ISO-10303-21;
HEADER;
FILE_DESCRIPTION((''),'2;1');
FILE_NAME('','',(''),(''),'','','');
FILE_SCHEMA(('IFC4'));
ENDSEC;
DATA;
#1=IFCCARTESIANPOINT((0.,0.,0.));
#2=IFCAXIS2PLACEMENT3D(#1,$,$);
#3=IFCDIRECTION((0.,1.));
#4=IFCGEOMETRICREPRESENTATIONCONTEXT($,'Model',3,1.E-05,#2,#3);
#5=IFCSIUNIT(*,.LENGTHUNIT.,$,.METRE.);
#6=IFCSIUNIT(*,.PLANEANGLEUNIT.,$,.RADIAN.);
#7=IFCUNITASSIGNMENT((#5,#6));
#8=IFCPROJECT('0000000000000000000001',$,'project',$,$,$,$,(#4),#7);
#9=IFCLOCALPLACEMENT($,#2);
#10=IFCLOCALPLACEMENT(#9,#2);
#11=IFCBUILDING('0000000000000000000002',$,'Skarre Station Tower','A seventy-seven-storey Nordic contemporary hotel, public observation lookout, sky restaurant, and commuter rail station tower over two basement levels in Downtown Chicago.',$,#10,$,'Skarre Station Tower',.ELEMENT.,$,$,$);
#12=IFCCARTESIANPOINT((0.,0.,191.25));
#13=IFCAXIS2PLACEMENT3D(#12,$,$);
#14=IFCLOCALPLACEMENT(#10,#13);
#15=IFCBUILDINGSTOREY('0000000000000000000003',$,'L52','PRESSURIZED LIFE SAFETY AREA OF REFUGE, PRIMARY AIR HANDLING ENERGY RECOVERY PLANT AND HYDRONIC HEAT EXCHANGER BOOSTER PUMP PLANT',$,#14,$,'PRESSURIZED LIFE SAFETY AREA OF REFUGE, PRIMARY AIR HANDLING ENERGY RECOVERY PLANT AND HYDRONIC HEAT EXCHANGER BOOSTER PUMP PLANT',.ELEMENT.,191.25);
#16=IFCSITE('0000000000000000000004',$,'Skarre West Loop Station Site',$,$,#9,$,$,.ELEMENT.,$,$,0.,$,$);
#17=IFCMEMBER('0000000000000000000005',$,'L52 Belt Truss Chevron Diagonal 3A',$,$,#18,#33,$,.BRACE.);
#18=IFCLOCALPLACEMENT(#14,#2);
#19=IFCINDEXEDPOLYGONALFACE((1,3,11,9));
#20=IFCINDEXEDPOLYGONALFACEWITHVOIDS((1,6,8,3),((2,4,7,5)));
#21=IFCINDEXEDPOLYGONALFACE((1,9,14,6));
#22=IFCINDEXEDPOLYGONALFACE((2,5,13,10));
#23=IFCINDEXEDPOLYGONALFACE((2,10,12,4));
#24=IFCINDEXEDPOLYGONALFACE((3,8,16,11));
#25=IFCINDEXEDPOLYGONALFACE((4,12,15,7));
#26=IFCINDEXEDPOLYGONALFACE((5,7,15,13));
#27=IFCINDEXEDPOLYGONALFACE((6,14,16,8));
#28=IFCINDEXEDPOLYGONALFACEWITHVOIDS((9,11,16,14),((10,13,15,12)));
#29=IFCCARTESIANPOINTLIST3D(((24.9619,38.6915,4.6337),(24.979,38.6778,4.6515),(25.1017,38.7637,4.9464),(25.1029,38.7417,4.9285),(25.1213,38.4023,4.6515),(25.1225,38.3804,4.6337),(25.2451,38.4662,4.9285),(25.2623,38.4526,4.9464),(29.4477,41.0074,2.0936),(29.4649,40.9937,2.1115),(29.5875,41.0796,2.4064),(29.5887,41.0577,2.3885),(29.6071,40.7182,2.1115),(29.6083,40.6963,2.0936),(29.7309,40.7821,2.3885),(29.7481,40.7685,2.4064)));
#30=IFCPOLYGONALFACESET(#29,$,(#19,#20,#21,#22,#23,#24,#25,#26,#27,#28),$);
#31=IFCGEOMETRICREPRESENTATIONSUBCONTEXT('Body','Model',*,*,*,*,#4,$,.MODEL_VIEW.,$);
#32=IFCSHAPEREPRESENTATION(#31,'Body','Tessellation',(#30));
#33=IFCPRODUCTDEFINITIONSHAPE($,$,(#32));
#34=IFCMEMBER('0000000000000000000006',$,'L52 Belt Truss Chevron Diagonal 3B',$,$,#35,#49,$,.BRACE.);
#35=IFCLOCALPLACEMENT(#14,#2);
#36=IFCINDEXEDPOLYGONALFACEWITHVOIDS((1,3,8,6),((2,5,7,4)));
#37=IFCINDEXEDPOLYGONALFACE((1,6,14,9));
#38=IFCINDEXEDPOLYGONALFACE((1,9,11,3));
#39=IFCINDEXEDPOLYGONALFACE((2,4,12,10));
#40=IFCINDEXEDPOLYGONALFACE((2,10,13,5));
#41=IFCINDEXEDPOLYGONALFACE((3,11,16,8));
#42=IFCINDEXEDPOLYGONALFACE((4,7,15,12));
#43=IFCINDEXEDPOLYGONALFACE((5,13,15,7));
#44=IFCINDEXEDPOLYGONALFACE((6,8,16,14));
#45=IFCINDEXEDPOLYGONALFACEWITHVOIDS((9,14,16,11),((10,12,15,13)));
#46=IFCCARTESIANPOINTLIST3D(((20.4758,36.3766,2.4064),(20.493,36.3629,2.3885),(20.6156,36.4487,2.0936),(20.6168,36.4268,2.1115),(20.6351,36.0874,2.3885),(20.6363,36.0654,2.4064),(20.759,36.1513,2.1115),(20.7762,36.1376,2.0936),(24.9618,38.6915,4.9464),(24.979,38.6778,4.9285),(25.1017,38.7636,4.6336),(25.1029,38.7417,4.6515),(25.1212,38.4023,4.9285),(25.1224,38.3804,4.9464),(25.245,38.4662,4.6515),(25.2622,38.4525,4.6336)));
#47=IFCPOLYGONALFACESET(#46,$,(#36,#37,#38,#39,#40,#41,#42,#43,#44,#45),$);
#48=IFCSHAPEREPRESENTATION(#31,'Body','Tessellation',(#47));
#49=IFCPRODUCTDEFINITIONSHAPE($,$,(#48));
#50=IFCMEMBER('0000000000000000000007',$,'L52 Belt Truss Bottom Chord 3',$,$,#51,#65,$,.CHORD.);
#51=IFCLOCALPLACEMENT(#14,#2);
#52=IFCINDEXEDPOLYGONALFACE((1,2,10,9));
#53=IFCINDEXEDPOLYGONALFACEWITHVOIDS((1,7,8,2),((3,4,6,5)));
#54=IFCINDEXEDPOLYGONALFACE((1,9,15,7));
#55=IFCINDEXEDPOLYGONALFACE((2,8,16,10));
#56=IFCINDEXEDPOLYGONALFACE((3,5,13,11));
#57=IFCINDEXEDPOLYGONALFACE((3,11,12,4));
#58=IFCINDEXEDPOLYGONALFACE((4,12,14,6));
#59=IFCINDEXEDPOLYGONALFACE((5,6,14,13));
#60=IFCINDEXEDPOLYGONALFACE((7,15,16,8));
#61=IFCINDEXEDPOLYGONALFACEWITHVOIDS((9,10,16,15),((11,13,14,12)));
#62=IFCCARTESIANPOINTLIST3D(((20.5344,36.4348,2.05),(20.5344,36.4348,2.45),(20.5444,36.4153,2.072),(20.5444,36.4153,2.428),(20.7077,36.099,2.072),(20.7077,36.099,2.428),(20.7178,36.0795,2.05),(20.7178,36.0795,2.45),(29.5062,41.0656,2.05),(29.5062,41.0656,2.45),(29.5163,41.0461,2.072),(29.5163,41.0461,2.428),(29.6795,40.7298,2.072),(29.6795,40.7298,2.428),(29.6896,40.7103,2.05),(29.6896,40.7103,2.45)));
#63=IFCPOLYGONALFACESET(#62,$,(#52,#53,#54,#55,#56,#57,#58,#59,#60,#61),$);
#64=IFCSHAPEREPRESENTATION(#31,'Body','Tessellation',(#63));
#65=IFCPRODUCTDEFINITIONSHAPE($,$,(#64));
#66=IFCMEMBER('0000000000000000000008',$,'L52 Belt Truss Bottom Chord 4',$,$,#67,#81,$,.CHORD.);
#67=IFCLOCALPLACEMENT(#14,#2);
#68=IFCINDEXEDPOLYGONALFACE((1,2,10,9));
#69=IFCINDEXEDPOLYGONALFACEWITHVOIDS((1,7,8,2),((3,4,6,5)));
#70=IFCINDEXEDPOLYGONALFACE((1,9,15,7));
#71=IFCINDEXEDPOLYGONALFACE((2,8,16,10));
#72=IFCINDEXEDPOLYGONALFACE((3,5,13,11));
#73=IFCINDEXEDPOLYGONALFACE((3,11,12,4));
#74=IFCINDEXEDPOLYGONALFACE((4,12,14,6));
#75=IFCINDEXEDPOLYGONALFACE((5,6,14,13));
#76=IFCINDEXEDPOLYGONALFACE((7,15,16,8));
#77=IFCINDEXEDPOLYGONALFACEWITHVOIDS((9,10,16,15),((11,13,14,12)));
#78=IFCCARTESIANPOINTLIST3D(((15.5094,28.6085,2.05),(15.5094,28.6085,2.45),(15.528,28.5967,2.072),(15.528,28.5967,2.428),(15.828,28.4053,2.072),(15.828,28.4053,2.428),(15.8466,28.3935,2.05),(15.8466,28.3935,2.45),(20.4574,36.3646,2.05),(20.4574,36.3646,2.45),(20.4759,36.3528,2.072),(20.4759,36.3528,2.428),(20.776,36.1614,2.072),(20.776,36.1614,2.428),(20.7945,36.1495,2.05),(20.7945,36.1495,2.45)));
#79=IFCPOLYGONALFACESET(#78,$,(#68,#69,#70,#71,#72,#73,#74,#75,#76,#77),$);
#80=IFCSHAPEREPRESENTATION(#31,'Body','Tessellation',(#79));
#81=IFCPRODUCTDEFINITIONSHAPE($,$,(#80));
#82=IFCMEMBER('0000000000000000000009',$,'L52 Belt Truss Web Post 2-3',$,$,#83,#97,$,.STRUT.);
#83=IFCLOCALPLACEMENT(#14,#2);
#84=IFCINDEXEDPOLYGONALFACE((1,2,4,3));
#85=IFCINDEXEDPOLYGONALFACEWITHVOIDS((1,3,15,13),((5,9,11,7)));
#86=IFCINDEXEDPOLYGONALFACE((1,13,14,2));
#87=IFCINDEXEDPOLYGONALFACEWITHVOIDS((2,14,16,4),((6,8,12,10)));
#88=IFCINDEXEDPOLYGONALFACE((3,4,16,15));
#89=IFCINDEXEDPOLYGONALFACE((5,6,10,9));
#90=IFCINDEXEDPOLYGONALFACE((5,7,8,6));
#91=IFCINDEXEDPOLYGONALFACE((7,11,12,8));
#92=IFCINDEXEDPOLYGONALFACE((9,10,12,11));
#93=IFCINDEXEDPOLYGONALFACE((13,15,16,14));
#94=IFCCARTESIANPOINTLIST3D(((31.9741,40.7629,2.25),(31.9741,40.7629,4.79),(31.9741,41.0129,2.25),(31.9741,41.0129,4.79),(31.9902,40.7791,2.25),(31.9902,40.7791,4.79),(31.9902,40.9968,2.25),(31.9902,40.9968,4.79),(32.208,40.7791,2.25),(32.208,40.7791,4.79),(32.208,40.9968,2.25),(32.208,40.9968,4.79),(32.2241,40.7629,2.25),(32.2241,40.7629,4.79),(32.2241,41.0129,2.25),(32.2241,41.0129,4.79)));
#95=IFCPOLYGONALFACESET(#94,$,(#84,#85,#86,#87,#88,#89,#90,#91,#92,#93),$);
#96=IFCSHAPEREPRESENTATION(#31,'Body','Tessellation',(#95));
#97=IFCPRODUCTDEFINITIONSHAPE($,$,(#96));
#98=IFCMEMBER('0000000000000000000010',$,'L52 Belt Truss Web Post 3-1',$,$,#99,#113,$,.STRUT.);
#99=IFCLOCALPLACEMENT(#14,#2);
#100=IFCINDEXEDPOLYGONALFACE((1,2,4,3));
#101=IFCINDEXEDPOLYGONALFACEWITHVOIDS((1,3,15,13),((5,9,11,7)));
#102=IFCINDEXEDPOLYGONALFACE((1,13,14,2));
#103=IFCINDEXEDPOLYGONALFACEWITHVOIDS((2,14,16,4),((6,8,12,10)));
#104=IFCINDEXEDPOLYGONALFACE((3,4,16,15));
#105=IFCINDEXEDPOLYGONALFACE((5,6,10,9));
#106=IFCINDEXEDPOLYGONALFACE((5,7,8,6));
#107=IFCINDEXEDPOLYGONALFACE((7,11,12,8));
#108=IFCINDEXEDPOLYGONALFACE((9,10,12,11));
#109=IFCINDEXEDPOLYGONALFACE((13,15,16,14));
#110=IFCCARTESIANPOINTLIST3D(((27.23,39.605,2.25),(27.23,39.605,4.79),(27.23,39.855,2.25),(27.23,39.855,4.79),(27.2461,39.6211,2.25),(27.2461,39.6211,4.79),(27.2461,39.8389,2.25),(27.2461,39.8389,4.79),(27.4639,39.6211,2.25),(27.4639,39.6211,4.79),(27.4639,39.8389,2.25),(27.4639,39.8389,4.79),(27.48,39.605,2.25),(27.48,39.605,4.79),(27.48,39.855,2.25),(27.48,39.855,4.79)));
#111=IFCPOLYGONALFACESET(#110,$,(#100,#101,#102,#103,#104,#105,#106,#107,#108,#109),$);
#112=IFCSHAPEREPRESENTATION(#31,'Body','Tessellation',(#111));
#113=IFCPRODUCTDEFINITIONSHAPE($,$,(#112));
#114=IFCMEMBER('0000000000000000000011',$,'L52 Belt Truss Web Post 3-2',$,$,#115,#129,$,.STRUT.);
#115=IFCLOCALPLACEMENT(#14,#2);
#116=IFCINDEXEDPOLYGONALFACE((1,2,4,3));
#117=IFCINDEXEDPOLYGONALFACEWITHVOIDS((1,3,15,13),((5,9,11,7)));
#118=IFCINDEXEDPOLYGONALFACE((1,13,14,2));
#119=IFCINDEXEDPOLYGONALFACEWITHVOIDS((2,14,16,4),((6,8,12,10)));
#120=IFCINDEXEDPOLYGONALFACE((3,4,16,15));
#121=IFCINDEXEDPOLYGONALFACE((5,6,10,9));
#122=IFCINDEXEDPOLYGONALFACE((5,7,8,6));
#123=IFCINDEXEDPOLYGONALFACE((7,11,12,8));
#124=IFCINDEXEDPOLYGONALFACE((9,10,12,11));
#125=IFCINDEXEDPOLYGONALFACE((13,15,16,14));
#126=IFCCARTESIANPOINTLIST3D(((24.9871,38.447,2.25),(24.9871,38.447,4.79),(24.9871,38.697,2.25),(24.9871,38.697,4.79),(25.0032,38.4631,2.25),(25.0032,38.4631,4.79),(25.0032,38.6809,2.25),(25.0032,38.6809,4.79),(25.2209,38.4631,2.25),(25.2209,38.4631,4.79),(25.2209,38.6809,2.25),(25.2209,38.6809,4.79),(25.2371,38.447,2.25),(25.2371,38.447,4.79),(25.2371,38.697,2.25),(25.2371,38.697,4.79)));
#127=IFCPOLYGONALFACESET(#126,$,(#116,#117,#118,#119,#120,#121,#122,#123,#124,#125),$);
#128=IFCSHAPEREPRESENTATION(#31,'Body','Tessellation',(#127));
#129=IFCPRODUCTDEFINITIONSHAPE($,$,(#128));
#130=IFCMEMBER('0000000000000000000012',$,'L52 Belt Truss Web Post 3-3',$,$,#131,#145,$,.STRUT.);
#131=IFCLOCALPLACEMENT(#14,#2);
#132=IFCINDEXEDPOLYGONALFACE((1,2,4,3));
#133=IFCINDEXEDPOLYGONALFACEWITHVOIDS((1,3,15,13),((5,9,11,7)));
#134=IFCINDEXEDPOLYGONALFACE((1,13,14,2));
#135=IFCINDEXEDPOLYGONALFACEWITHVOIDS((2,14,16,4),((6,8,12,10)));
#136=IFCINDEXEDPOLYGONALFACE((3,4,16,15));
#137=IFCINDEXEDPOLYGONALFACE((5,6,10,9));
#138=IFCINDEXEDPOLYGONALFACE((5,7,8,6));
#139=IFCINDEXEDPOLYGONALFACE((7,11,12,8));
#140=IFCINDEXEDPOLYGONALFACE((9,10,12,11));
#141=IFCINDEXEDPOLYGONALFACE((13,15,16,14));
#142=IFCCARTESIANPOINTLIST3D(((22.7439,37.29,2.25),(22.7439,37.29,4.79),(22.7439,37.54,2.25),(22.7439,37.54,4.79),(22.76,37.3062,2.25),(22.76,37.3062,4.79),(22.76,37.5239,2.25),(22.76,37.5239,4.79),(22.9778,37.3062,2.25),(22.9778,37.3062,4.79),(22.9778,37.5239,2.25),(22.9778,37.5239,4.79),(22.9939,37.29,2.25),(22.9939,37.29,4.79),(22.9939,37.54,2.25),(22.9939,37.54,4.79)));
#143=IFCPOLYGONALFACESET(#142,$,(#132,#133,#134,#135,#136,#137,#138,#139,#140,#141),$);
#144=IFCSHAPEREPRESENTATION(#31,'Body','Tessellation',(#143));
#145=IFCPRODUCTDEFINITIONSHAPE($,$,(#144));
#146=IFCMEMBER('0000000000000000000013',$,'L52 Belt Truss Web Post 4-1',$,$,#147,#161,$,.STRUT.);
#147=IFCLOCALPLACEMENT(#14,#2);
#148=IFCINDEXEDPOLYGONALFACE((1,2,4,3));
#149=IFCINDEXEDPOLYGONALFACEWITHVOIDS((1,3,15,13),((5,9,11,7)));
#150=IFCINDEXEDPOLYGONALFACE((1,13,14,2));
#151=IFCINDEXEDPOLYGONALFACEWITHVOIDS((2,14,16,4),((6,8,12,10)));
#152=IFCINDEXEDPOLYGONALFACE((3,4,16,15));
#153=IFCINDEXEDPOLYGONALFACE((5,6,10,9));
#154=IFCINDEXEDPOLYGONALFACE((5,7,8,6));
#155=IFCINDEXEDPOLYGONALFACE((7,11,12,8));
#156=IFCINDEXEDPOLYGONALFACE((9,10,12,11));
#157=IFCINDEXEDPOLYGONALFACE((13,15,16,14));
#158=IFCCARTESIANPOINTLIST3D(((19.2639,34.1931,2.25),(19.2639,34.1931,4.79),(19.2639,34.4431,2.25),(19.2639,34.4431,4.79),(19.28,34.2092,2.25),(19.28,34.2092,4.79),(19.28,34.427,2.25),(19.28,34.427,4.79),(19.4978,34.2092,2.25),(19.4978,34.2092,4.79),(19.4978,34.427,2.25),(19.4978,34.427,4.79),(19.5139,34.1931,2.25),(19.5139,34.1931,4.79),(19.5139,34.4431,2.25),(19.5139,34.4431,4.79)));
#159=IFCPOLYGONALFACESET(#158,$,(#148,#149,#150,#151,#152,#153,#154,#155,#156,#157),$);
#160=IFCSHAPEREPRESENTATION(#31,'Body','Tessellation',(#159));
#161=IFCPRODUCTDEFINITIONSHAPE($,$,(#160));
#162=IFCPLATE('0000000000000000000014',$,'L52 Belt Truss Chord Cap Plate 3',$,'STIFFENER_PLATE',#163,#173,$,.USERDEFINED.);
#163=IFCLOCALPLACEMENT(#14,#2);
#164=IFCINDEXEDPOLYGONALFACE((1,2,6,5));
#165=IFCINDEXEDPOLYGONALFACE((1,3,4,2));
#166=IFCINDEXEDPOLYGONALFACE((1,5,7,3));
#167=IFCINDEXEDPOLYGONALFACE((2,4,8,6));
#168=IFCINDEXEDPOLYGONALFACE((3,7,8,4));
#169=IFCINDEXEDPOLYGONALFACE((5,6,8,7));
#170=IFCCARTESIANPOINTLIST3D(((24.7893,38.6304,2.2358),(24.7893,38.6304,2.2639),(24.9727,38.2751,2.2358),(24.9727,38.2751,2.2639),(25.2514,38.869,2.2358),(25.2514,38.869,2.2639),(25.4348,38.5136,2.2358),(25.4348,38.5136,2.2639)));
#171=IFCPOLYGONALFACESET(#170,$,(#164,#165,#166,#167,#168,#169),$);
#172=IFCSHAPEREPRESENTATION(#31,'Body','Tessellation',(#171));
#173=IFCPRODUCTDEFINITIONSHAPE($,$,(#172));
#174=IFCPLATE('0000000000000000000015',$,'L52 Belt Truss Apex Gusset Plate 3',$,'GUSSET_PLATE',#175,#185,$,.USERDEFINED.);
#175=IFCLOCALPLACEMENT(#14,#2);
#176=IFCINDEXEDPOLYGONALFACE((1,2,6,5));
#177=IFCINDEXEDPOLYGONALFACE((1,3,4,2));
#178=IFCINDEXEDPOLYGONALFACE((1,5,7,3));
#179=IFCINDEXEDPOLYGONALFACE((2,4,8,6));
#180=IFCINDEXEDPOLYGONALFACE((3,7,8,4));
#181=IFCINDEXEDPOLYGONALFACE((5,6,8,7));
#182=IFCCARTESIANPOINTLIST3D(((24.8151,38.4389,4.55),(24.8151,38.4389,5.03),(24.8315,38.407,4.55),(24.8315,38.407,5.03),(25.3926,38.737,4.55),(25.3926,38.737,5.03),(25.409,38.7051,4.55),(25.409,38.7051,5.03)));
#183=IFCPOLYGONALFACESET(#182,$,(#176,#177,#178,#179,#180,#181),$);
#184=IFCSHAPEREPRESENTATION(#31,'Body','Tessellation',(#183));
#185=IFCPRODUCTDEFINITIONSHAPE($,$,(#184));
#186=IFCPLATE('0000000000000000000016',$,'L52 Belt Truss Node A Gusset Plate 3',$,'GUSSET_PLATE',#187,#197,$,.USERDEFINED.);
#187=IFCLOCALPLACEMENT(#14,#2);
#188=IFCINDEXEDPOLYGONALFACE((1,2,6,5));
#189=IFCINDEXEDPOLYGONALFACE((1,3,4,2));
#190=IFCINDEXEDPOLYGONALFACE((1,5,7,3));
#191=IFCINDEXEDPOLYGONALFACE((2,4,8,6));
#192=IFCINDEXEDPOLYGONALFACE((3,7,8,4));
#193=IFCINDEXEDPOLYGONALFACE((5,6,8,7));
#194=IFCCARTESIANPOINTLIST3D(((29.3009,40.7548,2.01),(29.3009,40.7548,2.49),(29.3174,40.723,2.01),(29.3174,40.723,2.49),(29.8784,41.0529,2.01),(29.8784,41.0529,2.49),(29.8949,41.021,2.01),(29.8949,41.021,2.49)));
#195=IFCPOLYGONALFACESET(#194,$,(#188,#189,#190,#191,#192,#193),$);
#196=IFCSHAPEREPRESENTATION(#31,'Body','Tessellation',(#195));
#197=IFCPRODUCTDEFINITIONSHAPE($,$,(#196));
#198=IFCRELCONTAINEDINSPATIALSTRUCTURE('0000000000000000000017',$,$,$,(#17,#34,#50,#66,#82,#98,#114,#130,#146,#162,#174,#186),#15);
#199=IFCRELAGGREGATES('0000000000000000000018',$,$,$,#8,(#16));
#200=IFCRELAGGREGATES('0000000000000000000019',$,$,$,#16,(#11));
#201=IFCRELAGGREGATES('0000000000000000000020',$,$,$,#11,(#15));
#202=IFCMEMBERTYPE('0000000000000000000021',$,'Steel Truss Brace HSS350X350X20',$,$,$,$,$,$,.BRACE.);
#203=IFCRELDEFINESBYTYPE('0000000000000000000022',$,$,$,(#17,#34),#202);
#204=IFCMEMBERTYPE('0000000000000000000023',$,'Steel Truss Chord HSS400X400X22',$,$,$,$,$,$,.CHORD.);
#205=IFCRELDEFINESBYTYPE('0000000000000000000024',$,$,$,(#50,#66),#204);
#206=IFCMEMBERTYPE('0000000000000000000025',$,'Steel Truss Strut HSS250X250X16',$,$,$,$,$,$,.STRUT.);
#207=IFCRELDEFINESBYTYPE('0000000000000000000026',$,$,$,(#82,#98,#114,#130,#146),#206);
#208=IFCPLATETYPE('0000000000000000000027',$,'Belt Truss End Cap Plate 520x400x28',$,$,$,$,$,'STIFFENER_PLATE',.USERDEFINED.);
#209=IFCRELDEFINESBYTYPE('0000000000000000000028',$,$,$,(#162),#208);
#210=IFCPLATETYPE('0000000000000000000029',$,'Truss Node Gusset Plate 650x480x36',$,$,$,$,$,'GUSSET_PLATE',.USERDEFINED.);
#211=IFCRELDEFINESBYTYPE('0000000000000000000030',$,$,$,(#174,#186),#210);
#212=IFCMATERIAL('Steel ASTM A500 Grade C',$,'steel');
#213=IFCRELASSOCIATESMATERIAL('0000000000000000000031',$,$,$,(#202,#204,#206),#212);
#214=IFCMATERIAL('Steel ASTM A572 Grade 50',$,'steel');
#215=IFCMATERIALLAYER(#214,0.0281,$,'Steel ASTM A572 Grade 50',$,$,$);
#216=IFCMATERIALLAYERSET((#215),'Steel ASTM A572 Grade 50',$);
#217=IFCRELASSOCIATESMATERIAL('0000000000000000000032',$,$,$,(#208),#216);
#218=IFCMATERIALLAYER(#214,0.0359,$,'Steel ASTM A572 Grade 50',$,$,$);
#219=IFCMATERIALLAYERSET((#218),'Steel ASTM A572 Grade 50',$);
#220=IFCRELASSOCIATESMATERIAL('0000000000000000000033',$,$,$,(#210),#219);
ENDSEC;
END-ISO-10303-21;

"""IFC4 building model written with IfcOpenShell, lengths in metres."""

from ifc_helpers import new_model, si_unit, direction, frame, origin, origin_2d, place, context, subcontext, project, spatial, rectangle, hollow_rectangle, extrude, material, layer, layer_set, material_profile, profile_set, type_object, element, save


model = new_model("IFC4")

# Units and contexts
model_context = context("Model", 3, precision=1e-05, world=origin(), true_north=direction((0.0, 1.0)))
body_context = subcontext(model_context, "Body", "Model", "MODEL_VIEW")
ifc_project = project(units=[si_unit("LENGTHUNIT", "METRE"), si_unit("PLANEANGLEUNIT", "RADIAN")], contexts=[model_context])

# Site, building, storey
site_placement = place(None, origin())
site = spatial("IfcSite", under=ifc_project, at=site_placement, Name="Skarre West Loop Station Site", CompositionType="ELEMENT", RefElevation=0.0)
building_placement = place(site_placement, origin())
building = spatial("IfcBuilding", under=site, at=building_placement, Name="Skarre Station Tower", Description="A seventy-seven-storey Nordic contemporary hotel, public observation lookout, sky restaurant, and commuter rail station tower over two basement levels in Downtown Chicago.", LongName="Skarre Station Tower", CompositionType="ELEMENT")
storey_placement = place(building_placement, frame((0.0, 0.0, 191.25)))
storey = spatial("IfcBuildingStorey", under=building, at=storey_placement, Name="L52", Description="PRESSURIZED LIFE SAFETY AREA OF REFUGE, PRIMARY AIR HANDLING ENERGY RECOVERY PLANT AND HYDRONIC HEAT EXCHANGER BOOSTER PUMP PLANT", LongName="PRESSURIZED LIFE SAFETY AREA OF REFUGE, PRIMARY AIR HANDLING ENERGY RECOVERY PLANT AND HYDRONIC HEAT EXCHANGER BOOSTER PUMP PLANT", CompositionType="ELEMENT", Elevation=191.25)

# Members
ifc_material_1 = material(Name="Steel ASTM A500 Grade C", Category="steel")
ifc_material_profile_1 = material_profile(ifc_material_1, hollow_rectangle(XDim=0.3501, YDim=0.3501, WallThickness=0.02, at=origin_2d()), Name="Steel ASTM A500 Grade C")
ifc_profile_set_1 = profile_set([ifc_material_profile_1], Name="Steel ASTM A500 Grade C")
member_type_1 = type_object("IfcMemberType", Name="Steel Truss Brace HSS350X350X20", PredefinedType="BRACE", material=ifc_profile_set_1)
member_1_placement = place(storey_placement, frame((29.5979, 40.8879, 2.25), z_axis=(-0.793761, -0.409797, 0.449455), x_axis=(0.458744, -0.888569, 0.0)))
element("IfcMember", 1, at=member_1_placement, inside=storey, type_object=member_type_1, Name="L52 Belt Truss Chevron Diagonal 3A", PredefinedType="BRACE", context=body_context, shape_type="SweptSolid", body=[
    extrude(hollow_rectangle(XDim=0.3501, YDim=0.3501, WallThickness=0.02, at=origin_2d()), origin(), (0.0, 0.0, 1.0), 5.6514),
])
member_2_placement = place(storey_placement, frame((20.626, 36.2571, 2.25), z_axis=(0.793833, 0.409639, 0.449472), x_axis=(-0.458571, 0.888658, 0.0)))
element("IfcMember", 2, at=member_2_placement, inside=storey, type_object=member_type_1, Name="L52 Belt Truss Chevron Diagonal 3B", PredefinedType="BRACE", context=body_context, shape_type="SweptSolid", body=[
    extrude(hollow_rectangle(XDim=0.3501, YDim=0.3501, WallThickness=0.02, at=origin_2d()), origin(), (0.0, 0.0, 1.0), 5.6511),
])
ifc_material_profile_2 = material_profile(ifc_material_1, hollow_rectangle(XDim=0.3999, YDim=0.3999, WallThickness=0.022, at=origin_2d()), Name="Steel ASTM A500 Grade C")
ifc_profile_set_2 = profile_set([ifc_material_profile_2], Name="Steel ASTM A500 Grade C")
member_type_2 = type_object("IfcMemberType", Name="Steel Truss Chord HSS400X400X22", PredefinedType="CHORD", material=ifc_profile_set_2)
member_3_placement = place(storey_placement, frame((29.5979, 40.8879, 2.25), z_axis=(-0.888613, -0.458658, 0.0), x_axis=(0.458658, -0.888613, 0.0)))
element("IfcMember", 3, at=member_3_placement, inside=storey, type_object=member_type_2, Name="L52 Belt Truss Bottom Chord 3", PredefinedType="CHORD", context=body_context, shape_type="SweptSolid", body=[
    extrude(hollow_rectangle(XDim=0.3999, YDim=0.3999, WallThickness=0.022, at=origin_2d()), origin(), (0.0, 0.0, 1.0), 10.0964),
])
member_4_placement = place(storey_placement, frame((20.626, 36.2571, 2.25), z_axis=(-0.537826, -0.843056, 0.0), x_axis=(0.843056, -0.537826, 0.0)))
element("IfcMember", 4, at=member_4_placement, inside=storey, type_object=member_type_2, Name="L52 Belt Truss Bottom Chord 4", PredefinedType="CHORD", context=body_context, shape_type="SweptSolid", body=[
    extrude(hollow_rectangle(XDim=0.3999, YDim=0.3999, WallThickness=0.022, at=origin_2d()), origin(), (0.0, 0.0, 1.0), 9.2),
])
ifc_material_profile_3 = material_profile(ifc_material_1, hollow_rectangle(XDim=0.25, YDim=0.25, WallThickness=0.0161, at=origin_2d()), Name="Steel ASTM A500 Grade C")
ifc_profile_set_3 = profile_set([ifc_material_profile_3], Name="Steel ASTM A500 Grade C")
member_type_3 = type_object("IfcMemberType", Name="Steel Truss Strut HSS250X250X16", PredefinedType="STRUT", material=ifc_profile_set_3)
for number, where, z_axis, x_axis, name in (
    (5, (32.0991, 40.8879, 2.25), (0.0, 0.0, 1.0), (1.0, 0.0, 0.0), "L52 Belt Truss Web Post 2-3"),
    (6, (27.355, 39.73, 2.25), (0.0, 0.0, 1.0), (1.0, 0.0, 0.0), "L52 Belt Truss Web Post 3-1"),
    (7, (25.1121, 38.572, 2.25), (0.0, 0.0, 1.0), (1.0, 0.0, 0.0), "L52 Belt Truss Web Post 3-2"),
    (8, (22.8689, 37.415, 2.25), (0.0, 0.0, 1.0), (1.0, 0.0, 0.0), "L52 Belt Truss Web Post 3-3"),
    (9, (19.3889, 34.3181, 2.25), (0.0, 0.0, 1.0), (1.0, 0.0, 0.0), "L52 Belt Truss Web Post 4-1"),
):
    element("IfcMember", number, at=place(storey_placement, frame(where, z_axis=z_axis, x_axis=x_axis)), inside=storey, type_object=member_type_3, Name=name, PredefinedType="STRUT", context=body_context, shape_type="SweptSolid", body=[
        extrude(hollow_rectangle(XDim=0.25, YDim=0.25, WallThickness=0.0161, at=origin_2d()), origin(), (0.0, 0.0, 1.0), 2.54),
    ])

# Plates
ifc_material_2 = material(Name="Steel ASTM A572 Grade 50", Category="steel")
ifc_layer_1 = layer(ifc_material_2, 0.0281, Name="Steel ASTM A572 Grade 50")
ifc_layer_set_1 = layer_set([ifc_layer_1], Name="Steel ASTM A572 Grade 50")
plate_type_1 = type_object("IfcPlateType", Name="Belt Truss End Cap Plate 520x400x28", ElementType="STIFFENER_PLATE", PredefinedType="USERDEFINED", material=ifc_layer_set_1)
plate_placement = place(storey_placement, frame((25.1121, 38.572, 2.2358), z_axis=(0.0, 0.0, 1.0), x_axis=(-0.888609, -0.458665, 0.0)))
element("IfcPlate", 10, at=plate_placement, inside=storey, type_object=plate_type_1, Name="L52 Belt Truss Chord Cap Plate 3", ObjectType="STIFFENER_PLATE", PredefinedType="USERDEFINED", context=body_context, shape_type="SweptSolid", body=[
    extrude(rectangle(XDim=0.52, YDim=0.3999, at=origin_2d()), origin(), (0.0, 0.0, 1.0), 0.0281),
])
ifc_layer_2 = layer(ifc_material_2, 0.0359, Name="Steel ASTM A572 Grade 50")
ifc_layer_set_2 = layer_set([ifc_layer_2], Name="Steel ASTM A572 Grade 50")
plate_type_2 = type_object("IfcPlateType", Name="Truss Node Gusset Plate 650x480x36", ElementType="GUSSET_PLATE", PredefinedType="USERDEFINED", material=ifc_layer_set_2)
for number, where, z_axis, x_axis, name in (
    (11, (25.1121, 38.572, 4.55), (0.0, 0.0, 1.0), (-0.888609, -0.458665, 0.0), "L52 Belt Truss Apex Gusset Plate 3"),
    (12, (29.5979, 40.8879, 2.01), (0.0, 0.0, 1.0), (-0.888609, -0.458665, 0.0), "L52 Belt Truss Node A Gusset Plate 3"),
):
    element("IfcPlate", number, at=place(storey_placement, frame(where, z_axis=z_axis, x_axis=x_axis)), inside=storey, type_object=plate_type_2, Name=name, ObjectType="GUSSET_PLATE", PredefinedType="USERDEFINED", context=body_context, shape_type="SweptSolid", body=[
        extrude(rectangle(XDim=0.6499, YDim=0.0359, at=origin_2d()), origin(), (0.0, 0.0, 1.0), 0.48),
    ])

save(model, "model.ifc")
